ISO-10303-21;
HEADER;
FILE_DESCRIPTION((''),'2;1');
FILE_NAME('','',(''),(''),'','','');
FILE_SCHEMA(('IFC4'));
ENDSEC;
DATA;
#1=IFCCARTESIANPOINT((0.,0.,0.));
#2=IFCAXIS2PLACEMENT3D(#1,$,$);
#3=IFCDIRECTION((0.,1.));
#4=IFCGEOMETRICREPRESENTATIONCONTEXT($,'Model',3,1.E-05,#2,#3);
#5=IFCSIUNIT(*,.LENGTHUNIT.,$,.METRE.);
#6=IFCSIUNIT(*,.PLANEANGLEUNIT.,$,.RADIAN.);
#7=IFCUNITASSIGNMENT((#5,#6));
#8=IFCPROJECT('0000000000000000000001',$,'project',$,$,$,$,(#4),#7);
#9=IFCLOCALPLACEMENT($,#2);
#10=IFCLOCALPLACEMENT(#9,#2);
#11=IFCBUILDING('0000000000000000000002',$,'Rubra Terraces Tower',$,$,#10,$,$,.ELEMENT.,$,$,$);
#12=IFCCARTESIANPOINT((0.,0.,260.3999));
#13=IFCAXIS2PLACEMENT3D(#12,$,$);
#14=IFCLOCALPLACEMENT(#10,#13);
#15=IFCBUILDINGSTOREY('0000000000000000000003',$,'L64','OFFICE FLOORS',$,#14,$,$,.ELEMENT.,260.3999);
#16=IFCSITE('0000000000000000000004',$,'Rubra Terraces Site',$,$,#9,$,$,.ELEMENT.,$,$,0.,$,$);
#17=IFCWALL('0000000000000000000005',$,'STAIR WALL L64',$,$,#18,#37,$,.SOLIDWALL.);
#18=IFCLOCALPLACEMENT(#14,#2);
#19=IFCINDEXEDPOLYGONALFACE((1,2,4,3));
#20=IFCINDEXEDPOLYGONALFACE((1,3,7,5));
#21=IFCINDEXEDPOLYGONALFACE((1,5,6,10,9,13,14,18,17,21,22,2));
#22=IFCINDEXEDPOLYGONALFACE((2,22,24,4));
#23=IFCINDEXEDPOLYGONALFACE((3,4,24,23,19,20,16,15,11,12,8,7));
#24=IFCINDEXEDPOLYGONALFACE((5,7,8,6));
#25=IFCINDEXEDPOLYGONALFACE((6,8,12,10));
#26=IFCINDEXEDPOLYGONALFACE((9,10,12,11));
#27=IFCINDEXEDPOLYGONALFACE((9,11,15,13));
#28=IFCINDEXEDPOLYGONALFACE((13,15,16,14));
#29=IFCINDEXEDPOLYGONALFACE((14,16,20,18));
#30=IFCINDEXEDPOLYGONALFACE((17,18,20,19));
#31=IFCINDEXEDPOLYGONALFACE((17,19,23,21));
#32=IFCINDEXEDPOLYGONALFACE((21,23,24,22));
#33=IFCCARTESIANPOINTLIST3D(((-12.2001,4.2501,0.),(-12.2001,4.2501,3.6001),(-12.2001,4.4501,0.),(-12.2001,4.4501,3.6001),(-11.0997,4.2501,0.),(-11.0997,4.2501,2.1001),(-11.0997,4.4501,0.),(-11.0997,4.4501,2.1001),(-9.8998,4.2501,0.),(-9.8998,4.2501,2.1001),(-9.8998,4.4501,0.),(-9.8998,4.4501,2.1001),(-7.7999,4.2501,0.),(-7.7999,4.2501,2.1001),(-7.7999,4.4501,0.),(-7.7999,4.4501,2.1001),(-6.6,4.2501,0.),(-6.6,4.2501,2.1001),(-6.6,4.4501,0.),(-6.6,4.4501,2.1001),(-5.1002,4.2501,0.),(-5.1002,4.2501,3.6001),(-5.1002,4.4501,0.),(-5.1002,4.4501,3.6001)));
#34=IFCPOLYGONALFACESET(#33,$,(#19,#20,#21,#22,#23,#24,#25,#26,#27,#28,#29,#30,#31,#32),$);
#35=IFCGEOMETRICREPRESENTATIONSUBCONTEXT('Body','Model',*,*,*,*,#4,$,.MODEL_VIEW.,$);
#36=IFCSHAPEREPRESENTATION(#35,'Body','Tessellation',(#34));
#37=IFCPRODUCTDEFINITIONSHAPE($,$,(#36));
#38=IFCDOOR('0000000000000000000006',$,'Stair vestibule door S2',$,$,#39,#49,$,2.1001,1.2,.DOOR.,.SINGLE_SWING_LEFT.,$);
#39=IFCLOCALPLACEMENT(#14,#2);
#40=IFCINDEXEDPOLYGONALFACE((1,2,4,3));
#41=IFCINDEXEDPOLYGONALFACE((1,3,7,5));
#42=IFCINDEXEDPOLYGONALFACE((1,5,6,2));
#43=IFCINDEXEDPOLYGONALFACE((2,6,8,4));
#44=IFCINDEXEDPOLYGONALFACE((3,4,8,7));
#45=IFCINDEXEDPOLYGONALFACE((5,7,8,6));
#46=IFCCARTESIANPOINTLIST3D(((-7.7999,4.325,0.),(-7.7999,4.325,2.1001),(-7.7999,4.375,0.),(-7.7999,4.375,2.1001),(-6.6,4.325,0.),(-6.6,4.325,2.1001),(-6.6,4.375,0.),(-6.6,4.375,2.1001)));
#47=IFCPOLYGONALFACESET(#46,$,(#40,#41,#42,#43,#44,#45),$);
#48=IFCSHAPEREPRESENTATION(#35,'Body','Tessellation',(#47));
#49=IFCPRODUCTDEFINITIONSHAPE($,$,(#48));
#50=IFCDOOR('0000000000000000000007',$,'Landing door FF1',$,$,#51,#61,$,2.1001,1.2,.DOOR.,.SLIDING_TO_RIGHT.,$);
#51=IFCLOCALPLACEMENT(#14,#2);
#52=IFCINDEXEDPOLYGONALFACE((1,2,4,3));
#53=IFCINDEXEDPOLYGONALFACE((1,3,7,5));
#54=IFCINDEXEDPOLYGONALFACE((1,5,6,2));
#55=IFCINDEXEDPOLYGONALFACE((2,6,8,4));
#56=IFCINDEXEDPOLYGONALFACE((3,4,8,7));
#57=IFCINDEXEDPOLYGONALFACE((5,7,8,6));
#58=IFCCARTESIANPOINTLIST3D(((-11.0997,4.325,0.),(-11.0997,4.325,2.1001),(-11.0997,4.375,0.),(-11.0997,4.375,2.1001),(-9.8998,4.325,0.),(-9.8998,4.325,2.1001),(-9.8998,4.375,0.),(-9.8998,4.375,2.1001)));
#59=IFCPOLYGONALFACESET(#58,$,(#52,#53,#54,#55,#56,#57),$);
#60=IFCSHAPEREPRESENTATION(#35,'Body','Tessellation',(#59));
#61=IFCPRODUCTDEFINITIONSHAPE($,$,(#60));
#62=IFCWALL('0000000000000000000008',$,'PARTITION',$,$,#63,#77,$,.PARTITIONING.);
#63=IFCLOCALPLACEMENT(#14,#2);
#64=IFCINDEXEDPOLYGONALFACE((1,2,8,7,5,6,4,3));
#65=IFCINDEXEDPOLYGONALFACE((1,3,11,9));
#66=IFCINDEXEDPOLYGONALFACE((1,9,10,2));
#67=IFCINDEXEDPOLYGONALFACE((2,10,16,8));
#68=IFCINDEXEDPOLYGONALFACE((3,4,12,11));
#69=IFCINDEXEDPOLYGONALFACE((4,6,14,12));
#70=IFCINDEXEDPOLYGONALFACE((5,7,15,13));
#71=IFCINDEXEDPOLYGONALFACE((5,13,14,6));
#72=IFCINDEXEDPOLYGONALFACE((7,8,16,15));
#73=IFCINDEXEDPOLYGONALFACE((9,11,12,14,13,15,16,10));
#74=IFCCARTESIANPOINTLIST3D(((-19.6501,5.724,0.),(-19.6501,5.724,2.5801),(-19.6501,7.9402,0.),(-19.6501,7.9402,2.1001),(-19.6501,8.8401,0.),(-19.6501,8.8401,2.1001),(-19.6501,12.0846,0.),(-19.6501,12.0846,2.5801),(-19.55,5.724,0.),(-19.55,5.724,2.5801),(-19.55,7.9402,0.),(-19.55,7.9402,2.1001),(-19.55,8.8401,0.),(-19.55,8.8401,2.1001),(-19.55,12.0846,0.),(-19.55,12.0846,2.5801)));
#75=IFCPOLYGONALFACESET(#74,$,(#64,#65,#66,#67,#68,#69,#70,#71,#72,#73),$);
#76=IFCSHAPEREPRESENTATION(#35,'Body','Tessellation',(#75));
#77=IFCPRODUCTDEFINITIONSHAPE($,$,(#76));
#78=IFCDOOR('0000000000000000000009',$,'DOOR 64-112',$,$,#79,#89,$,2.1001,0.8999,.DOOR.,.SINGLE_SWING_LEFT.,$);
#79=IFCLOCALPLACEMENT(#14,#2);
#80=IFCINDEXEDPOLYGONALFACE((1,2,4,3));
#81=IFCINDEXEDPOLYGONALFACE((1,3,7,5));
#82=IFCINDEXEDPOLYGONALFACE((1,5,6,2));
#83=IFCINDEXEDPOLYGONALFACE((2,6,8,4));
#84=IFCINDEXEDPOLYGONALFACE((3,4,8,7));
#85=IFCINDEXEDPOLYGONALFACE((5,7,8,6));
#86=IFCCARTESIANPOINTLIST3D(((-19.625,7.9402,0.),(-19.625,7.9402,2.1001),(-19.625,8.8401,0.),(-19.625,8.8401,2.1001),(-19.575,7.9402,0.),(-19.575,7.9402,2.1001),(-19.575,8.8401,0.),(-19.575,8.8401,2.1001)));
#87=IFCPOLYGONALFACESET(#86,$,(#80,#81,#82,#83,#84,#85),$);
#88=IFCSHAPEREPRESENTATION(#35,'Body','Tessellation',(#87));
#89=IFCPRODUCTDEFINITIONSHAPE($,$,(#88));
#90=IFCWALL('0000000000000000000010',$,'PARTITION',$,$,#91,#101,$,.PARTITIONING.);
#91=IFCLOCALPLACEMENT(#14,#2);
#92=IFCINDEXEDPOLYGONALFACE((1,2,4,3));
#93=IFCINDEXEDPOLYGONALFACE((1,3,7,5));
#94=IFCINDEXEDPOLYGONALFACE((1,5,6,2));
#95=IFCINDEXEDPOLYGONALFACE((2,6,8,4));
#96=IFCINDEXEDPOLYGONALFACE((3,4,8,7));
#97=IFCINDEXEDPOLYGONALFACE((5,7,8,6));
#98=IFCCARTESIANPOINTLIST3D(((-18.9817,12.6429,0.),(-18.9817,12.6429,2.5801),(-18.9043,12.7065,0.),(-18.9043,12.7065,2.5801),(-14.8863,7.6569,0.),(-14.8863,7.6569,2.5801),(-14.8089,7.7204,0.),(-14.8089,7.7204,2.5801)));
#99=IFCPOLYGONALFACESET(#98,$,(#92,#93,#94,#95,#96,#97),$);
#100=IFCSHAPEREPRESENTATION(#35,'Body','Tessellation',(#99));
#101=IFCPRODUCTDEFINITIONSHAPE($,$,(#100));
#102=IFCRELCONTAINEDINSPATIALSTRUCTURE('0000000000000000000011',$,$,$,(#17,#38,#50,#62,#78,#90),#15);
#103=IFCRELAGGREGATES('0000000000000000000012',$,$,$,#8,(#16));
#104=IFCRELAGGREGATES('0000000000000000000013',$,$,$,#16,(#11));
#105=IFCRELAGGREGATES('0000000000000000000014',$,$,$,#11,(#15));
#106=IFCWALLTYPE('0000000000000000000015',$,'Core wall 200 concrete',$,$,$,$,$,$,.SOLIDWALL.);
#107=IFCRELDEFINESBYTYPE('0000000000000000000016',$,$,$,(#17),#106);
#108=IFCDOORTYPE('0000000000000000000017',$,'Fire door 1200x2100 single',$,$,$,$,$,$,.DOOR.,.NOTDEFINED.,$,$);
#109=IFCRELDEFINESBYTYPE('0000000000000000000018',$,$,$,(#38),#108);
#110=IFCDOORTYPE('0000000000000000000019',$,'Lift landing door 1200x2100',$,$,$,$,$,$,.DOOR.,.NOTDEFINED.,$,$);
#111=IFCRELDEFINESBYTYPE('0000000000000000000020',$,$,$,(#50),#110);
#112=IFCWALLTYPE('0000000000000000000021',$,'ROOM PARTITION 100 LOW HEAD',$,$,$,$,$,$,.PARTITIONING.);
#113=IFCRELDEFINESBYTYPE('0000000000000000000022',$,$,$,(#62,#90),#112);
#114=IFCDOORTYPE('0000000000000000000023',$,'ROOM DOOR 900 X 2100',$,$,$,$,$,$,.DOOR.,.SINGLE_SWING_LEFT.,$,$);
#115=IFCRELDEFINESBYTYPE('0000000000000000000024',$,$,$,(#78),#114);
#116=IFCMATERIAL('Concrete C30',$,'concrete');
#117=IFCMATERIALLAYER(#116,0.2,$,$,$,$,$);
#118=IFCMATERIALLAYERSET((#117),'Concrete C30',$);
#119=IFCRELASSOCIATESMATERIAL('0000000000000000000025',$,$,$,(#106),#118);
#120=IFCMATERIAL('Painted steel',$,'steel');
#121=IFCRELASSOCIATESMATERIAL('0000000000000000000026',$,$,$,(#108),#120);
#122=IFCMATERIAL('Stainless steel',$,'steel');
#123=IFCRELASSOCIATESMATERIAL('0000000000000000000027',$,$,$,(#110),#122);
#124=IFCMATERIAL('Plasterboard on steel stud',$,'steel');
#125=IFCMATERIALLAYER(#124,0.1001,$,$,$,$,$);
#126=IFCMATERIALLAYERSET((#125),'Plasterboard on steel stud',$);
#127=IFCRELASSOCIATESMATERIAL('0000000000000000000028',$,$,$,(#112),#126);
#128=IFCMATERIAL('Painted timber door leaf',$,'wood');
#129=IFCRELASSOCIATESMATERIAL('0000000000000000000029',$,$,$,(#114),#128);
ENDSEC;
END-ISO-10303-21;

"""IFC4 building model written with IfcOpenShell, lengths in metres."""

from ifc_helpers import new_model, si_unit, direction, frame, frame_2d, origin, place, context, subcontext, project, spatial, rectangle, extrude, material, layer, layer_set, type_object, element, fill, save


model = new_model("IFC4")

# Units and contexts
model_context = context("Model", 3, precision=1e-05, world=origin(), true_north=direction((0.0, 1.0)))
body_context = subcontext(model_context, "Body", "Model", "MODEL_VIEW")
ifc_project = project(units=[si_unit("LENGTHUNIT", "METRE"), si_unit("PLANEANGLEUNIT", "RADIAN")], contexts=[model_context])

# Site, building, storey
site_placement = place(None, origin())
site = spatial("IfcSite", under=ifc_project, at=site_placement, Name="Rubra Terraces Site", CompositionType="ELEMENT", RefElevation=0.0)
building_placement = place(site_placement, origin())
building = spatial("IfcBuilding", under=site, at=building_placement, Name="Rubra Terraces Tower", CompositionType="ELEMENT")
storey_placement = place(building_placement, frame((0.0, 0.0, 260.3999)))
storey = spatial("IfcBuildingStorey", under=building, at=storey_placement, Name="L64", Description="OFFICE FLOORS", CompositionType="ELEMENT", Elevation=260.3999)

# Wall, openings, doors
ifc_material_1 = material(Name="Painted steel", Category="steel")
ifc_material_2 = material(Name="Painted timber door leaf", Category="wood")
ifc_material_3 = material(Name="Concrete C30", Category="concrete")
ifc_layer_1 = layer(ifc_material_3, 0.2)
ifc_layer_set_1 = layer_set([ifc_layer_1], Name="Concrete C30")
wall_type_1 = type_object("IfcWallType", Name="Core wall 200 concrete", PredefinedType="SOLIDWALL", material=ifc_layer_set_1)
wall_1_placement = place(storey_placement, frame((-12.2, 4.3501, 0.0), z_axis=(0.0, 0.0, 1.0), x_axis=(1.0, 0.0, 0.0)))
wall_1 = element("IfcWall", 1, at=wall_1_placement, inside=storey, type_object=wall_type_1, Name="STAIR WALL L64", PredefinedType="SOLIDWALL", context=body_context, shape_type="SweptSolid", body=[
    extrude(rectangle(XDim=7.0999, YDim=0.2, at=frame_2d((3.5498, 0.0))), origin(), (0.0, 0.0, 1.0), 3.6001),
])
opening_1_placement = place(wall_1_placement, frame((4.3999, 0.0, 0.0)))
opening_1 = element("IfcOpeningElement", 2, at=opening_1_placement, cuts=wall_1, PredefinedType="OPENING", context=body_context, shape_type="SweptSolid", body=[
    extrude(rectangle(XDim=1.2, YDim=2.1001, at=frame_2d((0.6001, 1.05))), frame((0.0, 0.1099, 0.0), z_axis=(0.0, -1.0, 0.0), x_axis=(1.0, 0.0, 0.0)), (0.0, 0.0, 1.0), 0.22),
])
opening_2_placement = place(wall_1_placement, frame((1.1001, 0.0, 0.0)))
opening_2 = element("IfcOpeningElement", 3, at=opening_2_placement, cuts=wall_1, PredefinedType="OPENING", context=body_context, shape_type="SweptSolid", body=[
    extrude(rectangle(XDim=1.2, YDim=2.1001, at=frame_2d((0.6001, 1.05))), frame((0.0, 0.1099, 0.0), z_axis=(0.0, -1.0, 0.0), x_axis=(1.0, 0.0, 0.0)), (0.0, 0.0, 1.0), 0.22),
])
door_type_1 = type_object("IfcDoorType", Name="Fire door 1200x2100 single", OperationType="NOTDEFINED", PredefinedType="DOOR", material=ifc_material_1)
door_1_placement = place(opening_1_placement, origin())
door_1 = element("IfcDoor", 4, at=door_1_placement, inside=storey, type_object=door_type_1, Name="Stair vestibule door S2", OperationType="SINGLE_SWING_LEFT", OverallHeight=2.1001, OverallWidth=1.2, PredefinedType="DOOR", context=body_context, shape_type="SweptSolid", body=[
    extrude(rectangle(XDim=1.2, YDim=2.1001, at=frame_2d((0.6001, 1.05))), frame((0.0, 0.0249, 0.0), z_axis=(0.0, -1.0, 0.0), x_axis=(1.0, 0.0, 0.0)), (0.0, 0.0, 1.0), 0.05),
])
fill(opening_1, door_1)
ifc_material_4 = material(Name="Stainless steel", Category="steel")
door_type_2 = type_object("IfcDoorType", Name="Lift landing door 1200x2100", OperationType="NOTDEFINED", PredefinedType="DOOR", material=ifc_material_4)
door_2_placement = place(opening_2_placement, origin())
door_2 = element("IfcDoor", 5, at=door_2_placement, inside=storey, type_object=door_type_2, Name="Landing door FF1", OperationType="SLIDING_TO_RIGHT", OverallHeight=2.1001, OverallWidth=1.2, PredefinedType="DOOR", context=body_context, shape_type="SweptSolid", body=[
    extrude(rectangle(XDim=1.2, YDim=2.1001, at=frame_2d((0.6001, 1.05))), frame((0.0, 0.0249, 0.0), z_axis=(0.0, -1.0, 0.0), x_axis=(1.0, 0.0, 0.0)), (0.0, 0.0, 1.0), 0.05),
])
fill(opening_2, door_2)

# Wall, opening, door
ifc_material_5 = material(Name="Plasterboard on steel stud", Category="steel")
ifc_layer_2 = layer(ifc_material_5, 0.1001)
ifc_layer_set_2 = layer_set([ifc_layer_2], Name="Plasterboard on steel stud")
wall_type_2 = type_object("IfcWallType", Name="ROOM PARTITION 100 LOW HEAD", PredefinedType="PARTITIONING", material=ifc_layer_set_2)
wall_2_placement = place(storey_placement, frame((-19.6001, 5.7241, 0.0), z_axis=(0.0, 0.0, 1.0), x_axis=(0.0, 1.0, 0.0)))
wall_2 = element("IfcWall", 6, at=wall_2_placement, inside=storey, type_object=wall_type_2, Name="PARTITION", PredefinedType="PARTITIONING", context=body_context, shape_type="SweptSolid", body=[
    extrude(rectangle(XDim=6.3606, YDim=0.1001, at=frame_2d((3.1802, 0.0))), origin(), (0.0, 0.0, 1.0), 2.5801),
])
opening_3_placement = place(wall_2_placement, frame((2.2161, 0.0, 0.0)))
opening_3 = element("IfcOpeningElement", 7, at=opening_3_placement, cuts=wall_2, PredefinedType="OPENING", context=body_context, shape_type="SweptSolid", body=[
    extrude(rectangle(XDim=0.8999, YDim=2.1001, at=frame_2d((0.45, 1.05))), frame((0.0, 0.0601, 0.0), z_axis=(0.0, -1.0, 0.0), x_axis=(1.0, 0.0, 0.0)), (0.0, 0.0, 1.0), 0.1201),
])
door_type_3 = type_object("IfcDoorType", Name="ROOM DOOR 900 X 2100", OperationType="SINGLE_SWING_LEFT", PredefinedType="DOOR", material=ifc_material_2)
door_3_placement = place(opening_3_placement, origin())
door_3 = element("IfcDoor", 8, at=door_3_placement, inside=storey, type_object=door_type_3, Name="DOOR 64-112", OperationType="SINGLE_SWING_LEFT", OverallHeight=2.1001, OverallWidth=0.8999, PredefinedType="DOOR", context=body_context, shape_type="SweptSolid", body=[
    extrude(rectangle(XDim=0.8999, YDim=2.1001, at=frame_2d((0.45, 1.05))), frame((0.0, 0.0249, 0.0), z_axis=(0.0, -1.0, 0.0), x_axis=(1.0, 0.0, 0.0)), (0.0, 0.0, 1.0), 0.05),
])
fill(opening_3, door_3)

# Wall
wall_3_placement = place(storey_placement, frame((-14.8477, 7.6887, 0.0), z_axis=(0.0, 0.0, 1.0), x_axis=(-0.634716, 0.772745, 0.0)))
element("IfcWall", 9, at=wall_3_placement, inside=storey, type_object=wall_type_2, Name="PARTITION", PredefinedType="PARTITIONING", context=body_context, shape_type="SweptSolid", body=[
    extrude(rectangle(XDim=6.4524, YDim=0.1001, at=frame_2d((3.2261, 0.0))), origin(), (0.0, 0.0, 1.0), 2.5801),
])

save(model, "model.ifc")
